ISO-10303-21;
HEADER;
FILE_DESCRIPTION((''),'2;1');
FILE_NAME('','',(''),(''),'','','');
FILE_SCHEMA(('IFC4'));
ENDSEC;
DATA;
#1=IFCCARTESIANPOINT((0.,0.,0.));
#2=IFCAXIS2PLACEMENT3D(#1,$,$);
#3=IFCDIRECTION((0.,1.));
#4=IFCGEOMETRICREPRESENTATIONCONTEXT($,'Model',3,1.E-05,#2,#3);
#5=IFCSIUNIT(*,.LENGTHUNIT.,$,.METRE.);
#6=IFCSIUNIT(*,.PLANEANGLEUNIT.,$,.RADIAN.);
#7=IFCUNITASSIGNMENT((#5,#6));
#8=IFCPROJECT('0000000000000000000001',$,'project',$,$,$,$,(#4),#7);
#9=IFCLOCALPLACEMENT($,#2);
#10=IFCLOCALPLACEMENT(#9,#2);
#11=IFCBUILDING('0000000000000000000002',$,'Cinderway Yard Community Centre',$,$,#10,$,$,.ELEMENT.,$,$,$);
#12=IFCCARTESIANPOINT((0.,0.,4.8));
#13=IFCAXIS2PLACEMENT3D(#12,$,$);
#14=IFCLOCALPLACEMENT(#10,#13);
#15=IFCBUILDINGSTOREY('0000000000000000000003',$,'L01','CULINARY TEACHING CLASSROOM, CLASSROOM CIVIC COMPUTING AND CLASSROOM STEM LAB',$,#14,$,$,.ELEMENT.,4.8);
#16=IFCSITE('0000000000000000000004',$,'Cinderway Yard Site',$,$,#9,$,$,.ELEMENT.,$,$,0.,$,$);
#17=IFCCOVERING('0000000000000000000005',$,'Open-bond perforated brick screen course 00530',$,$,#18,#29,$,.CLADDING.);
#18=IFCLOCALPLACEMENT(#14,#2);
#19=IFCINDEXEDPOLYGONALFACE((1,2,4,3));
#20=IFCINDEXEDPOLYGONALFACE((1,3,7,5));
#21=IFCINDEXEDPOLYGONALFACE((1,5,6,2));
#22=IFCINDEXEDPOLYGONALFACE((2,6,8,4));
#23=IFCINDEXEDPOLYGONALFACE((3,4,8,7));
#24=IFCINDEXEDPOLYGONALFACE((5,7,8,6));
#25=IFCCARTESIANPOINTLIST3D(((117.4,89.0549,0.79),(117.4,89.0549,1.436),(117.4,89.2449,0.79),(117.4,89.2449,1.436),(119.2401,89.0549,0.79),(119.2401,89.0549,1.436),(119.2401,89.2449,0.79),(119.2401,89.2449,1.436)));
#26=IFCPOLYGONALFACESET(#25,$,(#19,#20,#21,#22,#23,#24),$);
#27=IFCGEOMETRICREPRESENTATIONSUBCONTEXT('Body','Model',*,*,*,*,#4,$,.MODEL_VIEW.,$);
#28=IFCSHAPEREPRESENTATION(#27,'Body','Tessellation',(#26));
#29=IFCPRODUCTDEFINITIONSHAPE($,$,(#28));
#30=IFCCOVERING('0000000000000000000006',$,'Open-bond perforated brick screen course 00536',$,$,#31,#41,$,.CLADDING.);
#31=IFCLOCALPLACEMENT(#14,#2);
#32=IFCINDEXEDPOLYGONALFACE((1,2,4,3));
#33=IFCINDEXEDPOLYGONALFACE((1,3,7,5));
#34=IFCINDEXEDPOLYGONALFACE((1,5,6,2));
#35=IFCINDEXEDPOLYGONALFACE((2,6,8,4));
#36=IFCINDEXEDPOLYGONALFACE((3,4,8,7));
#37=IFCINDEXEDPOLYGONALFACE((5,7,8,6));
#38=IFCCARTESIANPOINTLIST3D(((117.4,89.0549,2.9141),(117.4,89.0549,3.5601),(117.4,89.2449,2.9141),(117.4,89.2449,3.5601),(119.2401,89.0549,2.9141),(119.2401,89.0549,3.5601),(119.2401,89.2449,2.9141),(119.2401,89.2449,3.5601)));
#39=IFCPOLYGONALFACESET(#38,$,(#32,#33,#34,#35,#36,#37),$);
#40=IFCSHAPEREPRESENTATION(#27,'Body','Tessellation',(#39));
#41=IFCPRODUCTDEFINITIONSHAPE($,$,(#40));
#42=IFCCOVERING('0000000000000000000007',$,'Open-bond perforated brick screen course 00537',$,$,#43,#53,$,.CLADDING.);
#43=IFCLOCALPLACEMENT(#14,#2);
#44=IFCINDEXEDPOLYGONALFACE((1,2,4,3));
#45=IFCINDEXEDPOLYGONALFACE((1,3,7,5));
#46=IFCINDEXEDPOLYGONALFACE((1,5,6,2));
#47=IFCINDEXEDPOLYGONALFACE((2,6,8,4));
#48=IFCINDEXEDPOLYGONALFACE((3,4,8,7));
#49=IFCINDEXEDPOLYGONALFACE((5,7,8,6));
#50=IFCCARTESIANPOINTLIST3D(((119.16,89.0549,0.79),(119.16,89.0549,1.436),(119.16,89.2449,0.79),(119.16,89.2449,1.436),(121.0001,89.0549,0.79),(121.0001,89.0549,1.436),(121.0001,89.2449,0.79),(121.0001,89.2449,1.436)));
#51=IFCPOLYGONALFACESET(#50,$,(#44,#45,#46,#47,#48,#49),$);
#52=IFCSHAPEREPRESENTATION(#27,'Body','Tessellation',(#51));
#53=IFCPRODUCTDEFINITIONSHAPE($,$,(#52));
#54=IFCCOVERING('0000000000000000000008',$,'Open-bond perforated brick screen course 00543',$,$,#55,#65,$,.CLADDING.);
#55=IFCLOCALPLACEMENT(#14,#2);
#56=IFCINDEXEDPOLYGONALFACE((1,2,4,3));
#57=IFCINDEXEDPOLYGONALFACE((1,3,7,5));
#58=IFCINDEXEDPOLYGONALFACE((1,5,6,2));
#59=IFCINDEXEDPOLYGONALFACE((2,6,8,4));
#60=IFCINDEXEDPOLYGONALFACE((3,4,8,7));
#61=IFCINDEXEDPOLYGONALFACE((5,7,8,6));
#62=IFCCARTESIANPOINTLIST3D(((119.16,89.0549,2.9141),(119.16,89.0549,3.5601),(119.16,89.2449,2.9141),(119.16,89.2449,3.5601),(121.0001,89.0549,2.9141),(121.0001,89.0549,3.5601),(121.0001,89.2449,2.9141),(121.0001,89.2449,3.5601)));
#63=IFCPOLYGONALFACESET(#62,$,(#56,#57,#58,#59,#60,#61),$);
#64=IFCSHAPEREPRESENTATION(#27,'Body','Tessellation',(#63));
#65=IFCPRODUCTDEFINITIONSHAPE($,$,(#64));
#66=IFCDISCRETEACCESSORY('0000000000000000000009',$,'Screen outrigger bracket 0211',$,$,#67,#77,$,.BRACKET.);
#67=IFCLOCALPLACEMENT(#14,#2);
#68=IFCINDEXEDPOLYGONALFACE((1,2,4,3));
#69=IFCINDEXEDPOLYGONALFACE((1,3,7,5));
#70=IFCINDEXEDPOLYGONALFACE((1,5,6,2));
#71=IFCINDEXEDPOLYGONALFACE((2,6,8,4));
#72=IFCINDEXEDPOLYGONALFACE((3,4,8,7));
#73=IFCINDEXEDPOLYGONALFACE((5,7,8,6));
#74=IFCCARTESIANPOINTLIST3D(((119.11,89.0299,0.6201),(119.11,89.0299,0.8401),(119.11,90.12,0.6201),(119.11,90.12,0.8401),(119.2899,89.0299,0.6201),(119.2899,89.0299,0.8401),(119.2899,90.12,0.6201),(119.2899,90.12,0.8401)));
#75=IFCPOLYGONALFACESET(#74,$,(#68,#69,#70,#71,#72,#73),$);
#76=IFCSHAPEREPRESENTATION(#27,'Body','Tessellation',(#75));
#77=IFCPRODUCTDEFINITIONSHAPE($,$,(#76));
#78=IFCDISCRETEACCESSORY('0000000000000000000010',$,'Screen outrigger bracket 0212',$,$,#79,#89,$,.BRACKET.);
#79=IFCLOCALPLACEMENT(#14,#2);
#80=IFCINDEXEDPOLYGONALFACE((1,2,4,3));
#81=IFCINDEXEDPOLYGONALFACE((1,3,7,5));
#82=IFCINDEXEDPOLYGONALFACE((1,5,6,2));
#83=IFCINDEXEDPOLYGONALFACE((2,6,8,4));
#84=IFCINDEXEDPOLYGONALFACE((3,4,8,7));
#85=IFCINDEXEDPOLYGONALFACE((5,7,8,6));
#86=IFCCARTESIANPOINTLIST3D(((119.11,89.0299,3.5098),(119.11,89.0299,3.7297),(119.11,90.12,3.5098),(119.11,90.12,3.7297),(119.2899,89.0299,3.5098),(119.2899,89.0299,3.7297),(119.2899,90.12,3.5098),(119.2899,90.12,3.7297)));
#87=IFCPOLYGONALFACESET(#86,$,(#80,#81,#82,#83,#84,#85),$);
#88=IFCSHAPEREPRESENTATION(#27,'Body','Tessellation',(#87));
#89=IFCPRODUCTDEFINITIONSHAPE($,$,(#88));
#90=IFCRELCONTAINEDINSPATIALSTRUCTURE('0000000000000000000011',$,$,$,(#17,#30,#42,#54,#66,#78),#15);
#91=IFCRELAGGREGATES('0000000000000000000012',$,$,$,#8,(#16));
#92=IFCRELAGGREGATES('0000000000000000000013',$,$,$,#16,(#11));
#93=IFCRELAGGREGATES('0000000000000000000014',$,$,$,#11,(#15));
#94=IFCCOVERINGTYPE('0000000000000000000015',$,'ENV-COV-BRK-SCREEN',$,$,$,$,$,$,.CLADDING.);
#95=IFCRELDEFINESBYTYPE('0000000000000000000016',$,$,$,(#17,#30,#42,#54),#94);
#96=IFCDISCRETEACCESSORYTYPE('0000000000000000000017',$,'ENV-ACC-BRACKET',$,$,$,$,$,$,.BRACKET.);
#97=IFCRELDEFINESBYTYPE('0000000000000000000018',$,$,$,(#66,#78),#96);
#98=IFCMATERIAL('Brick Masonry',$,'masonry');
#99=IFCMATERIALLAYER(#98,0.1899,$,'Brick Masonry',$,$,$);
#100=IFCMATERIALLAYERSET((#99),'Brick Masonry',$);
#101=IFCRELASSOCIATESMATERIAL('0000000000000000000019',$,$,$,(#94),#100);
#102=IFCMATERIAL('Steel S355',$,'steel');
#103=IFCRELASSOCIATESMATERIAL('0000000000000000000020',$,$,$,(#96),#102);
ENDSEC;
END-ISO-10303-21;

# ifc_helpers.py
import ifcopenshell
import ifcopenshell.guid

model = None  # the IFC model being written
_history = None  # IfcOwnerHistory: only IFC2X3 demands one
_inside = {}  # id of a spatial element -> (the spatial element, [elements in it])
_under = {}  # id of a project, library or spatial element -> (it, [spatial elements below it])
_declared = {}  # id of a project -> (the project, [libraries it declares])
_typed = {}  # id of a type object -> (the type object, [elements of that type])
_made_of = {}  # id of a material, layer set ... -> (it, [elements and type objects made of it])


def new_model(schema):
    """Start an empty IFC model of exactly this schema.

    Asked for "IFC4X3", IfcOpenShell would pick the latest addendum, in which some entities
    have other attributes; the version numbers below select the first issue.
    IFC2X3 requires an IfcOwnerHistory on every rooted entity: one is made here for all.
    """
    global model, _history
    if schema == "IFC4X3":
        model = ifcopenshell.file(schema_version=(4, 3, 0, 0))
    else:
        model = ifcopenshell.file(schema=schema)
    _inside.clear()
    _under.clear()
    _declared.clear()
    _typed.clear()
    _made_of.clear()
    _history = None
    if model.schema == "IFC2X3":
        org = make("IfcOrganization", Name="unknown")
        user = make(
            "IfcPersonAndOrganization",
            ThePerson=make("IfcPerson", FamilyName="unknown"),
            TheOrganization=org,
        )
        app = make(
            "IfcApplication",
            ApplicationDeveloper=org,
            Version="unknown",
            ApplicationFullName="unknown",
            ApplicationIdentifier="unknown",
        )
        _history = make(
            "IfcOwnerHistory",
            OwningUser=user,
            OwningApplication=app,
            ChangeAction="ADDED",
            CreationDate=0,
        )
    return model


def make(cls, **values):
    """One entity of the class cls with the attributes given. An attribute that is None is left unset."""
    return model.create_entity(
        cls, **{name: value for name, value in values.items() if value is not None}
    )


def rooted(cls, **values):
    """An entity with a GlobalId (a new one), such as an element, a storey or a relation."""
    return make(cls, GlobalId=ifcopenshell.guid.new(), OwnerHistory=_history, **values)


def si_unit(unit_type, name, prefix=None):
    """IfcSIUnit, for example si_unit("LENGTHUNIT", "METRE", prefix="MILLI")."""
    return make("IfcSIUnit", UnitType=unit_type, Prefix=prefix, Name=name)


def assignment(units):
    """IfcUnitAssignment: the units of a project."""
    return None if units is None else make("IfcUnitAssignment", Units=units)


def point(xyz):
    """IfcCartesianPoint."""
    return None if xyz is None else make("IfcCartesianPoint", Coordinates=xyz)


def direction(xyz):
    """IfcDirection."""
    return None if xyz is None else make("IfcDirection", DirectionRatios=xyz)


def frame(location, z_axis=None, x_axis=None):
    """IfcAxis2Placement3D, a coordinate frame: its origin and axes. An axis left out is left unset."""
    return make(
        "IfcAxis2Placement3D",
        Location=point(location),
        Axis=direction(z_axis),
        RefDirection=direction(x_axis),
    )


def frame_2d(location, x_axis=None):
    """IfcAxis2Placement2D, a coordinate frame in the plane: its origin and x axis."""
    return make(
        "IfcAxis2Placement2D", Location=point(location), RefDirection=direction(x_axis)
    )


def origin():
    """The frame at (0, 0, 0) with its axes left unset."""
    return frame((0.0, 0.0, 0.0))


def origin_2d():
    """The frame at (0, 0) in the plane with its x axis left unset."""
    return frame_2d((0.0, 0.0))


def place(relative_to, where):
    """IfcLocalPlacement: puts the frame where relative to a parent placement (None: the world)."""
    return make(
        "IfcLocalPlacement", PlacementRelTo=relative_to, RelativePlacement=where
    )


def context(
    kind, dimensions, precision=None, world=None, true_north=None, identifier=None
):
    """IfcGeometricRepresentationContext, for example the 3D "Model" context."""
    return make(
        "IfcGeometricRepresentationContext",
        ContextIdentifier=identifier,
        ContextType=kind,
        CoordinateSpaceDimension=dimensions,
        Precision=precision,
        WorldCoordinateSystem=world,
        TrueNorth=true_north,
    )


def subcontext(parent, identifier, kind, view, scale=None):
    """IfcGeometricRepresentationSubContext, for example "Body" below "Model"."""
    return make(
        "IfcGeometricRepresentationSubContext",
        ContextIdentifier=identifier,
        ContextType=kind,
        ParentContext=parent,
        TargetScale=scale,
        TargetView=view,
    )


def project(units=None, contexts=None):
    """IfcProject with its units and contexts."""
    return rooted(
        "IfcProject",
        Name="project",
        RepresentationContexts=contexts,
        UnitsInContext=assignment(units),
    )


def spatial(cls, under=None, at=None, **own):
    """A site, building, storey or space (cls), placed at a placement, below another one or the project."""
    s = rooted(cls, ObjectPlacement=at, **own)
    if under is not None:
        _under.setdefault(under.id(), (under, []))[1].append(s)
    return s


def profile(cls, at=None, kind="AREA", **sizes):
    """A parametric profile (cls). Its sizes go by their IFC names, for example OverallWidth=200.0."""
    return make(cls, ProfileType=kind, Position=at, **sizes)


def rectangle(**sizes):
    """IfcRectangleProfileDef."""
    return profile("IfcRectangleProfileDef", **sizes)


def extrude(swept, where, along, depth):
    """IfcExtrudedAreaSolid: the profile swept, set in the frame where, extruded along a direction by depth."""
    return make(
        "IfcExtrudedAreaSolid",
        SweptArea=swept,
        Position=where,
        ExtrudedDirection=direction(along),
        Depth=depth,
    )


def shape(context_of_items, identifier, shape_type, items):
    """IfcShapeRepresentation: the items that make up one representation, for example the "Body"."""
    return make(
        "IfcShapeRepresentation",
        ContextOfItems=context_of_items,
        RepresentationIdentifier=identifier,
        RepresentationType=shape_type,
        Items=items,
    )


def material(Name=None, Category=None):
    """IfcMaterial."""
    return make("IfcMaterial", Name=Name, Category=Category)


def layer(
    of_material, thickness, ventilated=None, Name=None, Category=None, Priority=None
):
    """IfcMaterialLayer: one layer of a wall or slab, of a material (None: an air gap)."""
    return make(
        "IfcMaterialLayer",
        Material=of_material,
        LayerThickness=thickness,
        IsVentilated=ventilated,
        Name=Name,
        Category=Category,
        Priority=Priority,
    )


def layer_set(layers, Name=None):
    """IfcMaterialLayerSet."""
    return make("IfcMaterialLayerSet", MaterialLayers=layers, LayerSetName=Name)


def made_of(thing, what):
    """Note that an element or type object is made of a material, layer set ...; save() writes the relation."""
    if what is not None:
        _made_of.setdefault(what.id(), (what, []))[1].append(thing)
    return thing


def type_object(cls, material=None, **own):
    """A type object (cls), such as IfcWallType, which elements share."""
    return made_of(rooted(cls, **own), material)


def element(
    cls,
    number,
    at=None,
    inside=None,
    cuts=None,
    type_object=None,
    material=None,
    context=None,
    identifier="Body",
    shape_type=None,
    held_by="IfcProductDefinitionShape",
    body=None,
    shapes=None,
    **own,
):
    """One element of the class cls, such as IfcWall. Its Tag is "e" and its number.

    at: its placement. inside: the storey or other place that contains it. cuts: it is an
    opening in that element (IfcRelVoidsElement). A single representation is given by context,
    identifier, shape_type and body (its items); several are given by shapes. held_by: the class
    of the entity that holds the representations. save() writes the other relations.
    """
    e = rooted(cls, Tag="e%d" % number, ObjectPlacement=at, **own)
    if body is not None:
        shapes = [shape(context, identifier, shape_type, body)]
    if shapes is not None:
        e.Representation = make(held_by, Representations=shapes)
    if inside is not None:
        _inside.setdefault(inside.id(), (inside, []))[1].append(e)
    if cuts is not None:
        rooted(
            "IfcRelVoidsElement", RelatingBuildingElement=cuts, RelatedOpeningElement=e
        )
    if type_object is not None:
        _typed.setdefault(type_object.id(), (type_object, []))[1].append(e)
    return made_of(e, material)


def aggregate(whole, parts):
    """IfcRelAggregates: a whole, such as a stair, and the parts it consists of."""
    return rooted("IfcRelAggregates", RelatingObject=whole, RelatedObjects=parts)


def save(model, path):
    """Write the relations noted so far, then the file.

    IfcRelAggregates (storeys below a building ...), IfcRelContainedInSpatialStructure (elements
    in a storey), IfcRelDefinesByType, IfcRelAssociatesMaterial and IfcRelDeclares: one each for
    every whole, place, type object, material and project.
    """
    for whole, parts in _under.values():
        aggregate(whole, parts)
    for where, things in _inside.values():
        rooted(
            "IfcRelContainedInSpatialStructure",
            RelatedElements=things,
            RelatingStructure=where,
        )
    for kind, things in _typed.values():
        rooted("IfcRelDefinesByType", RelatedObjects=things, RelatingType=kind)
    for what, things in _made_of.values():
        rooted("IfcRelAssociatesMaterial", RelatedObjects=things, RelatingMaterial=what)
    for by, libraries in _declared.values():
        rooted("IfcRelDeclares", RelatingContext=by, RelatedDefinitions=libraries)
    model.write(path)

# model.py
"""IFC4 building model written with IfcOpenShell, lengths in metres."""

from ifc_helpers import new_model, si_unit, direction, frame, origin, origin_2d, place, context, subcontext, project, spatial, rectangle, extrude, material, layer, layer_set, type_object, element, save


model = new_model("IFC4")

# Units and contexts
model_context = context("Model", 3, precision=1e-05, world=origin(), true_north=direction((0.0, 1.0)))
body_context = subcontext(model_context, "Body", "Model", "MODEL_VIEW")
ifc_project = project(units=[si_unit("LENGTHUNIT", "METRE"), si_unit("PLANEANGLEUNIT", "RADIAN")], contexts=[model_context])

# Site, building, storey
site_placement = place(None, origin())
site = spatial("IfcSite", under=ifc_project, at=site_placement, Name="Cinderway Yard Site", CompositionType="ELEMENT", RefElevation=0.0)
building_placement = place(site_placement, origin())
building = spatial("IfcBuilding", under=site, at=building_placement, Name="Cinderway Yard Community Centre", CompositionType="ELEMENT")
storey_placement = place(building_placement, frame((0.0, 0.0, 4.8)))
storey = spatial("IfcBuildingStorey", under=building, at=storey_placement, Name="L01", Description="CULINARY TEACHING CLASSROOM, CLASSROOM CIVIC COMPUTING AND CLASSROOM STEM LAB", CompositionType="ELEMENT", Elevation=4.8)

# Shared definitions
ifc_material_1 = material(Name="Steel S355", Category="steel")

# Coverings
ifc_material_2 = material(Name="Brick Masonry", Category="masonry")
ifc_layer_1 = layer(ifc_material_2, 0.1899, Name="Brick Masonry")
ifc_layer_set_1 = layer_set([ifc_layer_1], Name="Brick Masonry")
covering_type = type_object("IfcCoveringType", Name="ENV-COV-BRK-SCREEN", PredefinedType="CLADDING", material=ifc_layer_set_1)
for number, where, z_axis, x_axis, name in (
    (1, (118.3201, 89.1499, 0.79), (0.0, 0.0, 1.0), (-1.0, 0.0, 0.0), "Open-bond perforated brick screen course 00530"),
    (2, (118.3201, 89.1499, 2.9141), (0.0, 0.0, 1.0), (-1.0, 0.0, 0.0), "Open-bond perforated brick screen course 00536"),
    (3, (120.0801, 89.1499, 0.79), (0.0, 0.0, 1.0), (-1.0, 0.0, 0.0), "Open-bond perforated brick screen course 00537"),
    (4, (120.0801, 89.1499, 2.9141), (0.0, 0.0, 1.0), (-1.0, 0.0, 0.0), "Open-bond perforated brick screen course 00543"),
):
    element("IfcCovering", number, at=place(storey_placement, frame(where, z_axis=z_axis, x_axis=x_axis)), inside=storey, type_object=covering_type, Name=name, PredefinedType="CLADDING", context=body_context, shape_type="SweptSolid", body=[
        extrude(rectangle(XDim=1.8401, YDim=0.1899, at=origin_2d()), origin(), (0.0, 0.0, 1.0), 0.646),
    ])

# Discrete accessories
discrete_accessory_type = type_object("IfcDiscreteAccessoryType", Name="ENV-ACC-BRACKET", PredefinedType="BRACKET", material=ifc_material_1)
for number, where, z_axis, x_axis, name in (
    (5, (119.2, 89.575, 0.6201), (0.0, 0.0, 1.0), (0.0, -1.0, 0.0), "Screen outrigger bracket 0211"),
    (6, (119.2, 89.575, 3.5098), (0.0, 0.0, 1.0), (0.0, -1.0, 0.0), "Screen outrigger bracket 0212"),
):
    element("IfcDiscreteAccessory", number, at=place(storey_placement, frame(where, z_axis=z_axis, x_axis=x_axis)), inside=storey, type_object=discrete_accessory_type, Name=name, PredefinedType="BRACKET", context=body_context, shape_type="SweptSolid", body=[
        extrude(rectangle(XDim=1.0901, YDim=0.1799, at=origin_2d()), origin(), (0.0, 0.0, 1.0), 0.22),
    ])

save(model, "model.ifc")
